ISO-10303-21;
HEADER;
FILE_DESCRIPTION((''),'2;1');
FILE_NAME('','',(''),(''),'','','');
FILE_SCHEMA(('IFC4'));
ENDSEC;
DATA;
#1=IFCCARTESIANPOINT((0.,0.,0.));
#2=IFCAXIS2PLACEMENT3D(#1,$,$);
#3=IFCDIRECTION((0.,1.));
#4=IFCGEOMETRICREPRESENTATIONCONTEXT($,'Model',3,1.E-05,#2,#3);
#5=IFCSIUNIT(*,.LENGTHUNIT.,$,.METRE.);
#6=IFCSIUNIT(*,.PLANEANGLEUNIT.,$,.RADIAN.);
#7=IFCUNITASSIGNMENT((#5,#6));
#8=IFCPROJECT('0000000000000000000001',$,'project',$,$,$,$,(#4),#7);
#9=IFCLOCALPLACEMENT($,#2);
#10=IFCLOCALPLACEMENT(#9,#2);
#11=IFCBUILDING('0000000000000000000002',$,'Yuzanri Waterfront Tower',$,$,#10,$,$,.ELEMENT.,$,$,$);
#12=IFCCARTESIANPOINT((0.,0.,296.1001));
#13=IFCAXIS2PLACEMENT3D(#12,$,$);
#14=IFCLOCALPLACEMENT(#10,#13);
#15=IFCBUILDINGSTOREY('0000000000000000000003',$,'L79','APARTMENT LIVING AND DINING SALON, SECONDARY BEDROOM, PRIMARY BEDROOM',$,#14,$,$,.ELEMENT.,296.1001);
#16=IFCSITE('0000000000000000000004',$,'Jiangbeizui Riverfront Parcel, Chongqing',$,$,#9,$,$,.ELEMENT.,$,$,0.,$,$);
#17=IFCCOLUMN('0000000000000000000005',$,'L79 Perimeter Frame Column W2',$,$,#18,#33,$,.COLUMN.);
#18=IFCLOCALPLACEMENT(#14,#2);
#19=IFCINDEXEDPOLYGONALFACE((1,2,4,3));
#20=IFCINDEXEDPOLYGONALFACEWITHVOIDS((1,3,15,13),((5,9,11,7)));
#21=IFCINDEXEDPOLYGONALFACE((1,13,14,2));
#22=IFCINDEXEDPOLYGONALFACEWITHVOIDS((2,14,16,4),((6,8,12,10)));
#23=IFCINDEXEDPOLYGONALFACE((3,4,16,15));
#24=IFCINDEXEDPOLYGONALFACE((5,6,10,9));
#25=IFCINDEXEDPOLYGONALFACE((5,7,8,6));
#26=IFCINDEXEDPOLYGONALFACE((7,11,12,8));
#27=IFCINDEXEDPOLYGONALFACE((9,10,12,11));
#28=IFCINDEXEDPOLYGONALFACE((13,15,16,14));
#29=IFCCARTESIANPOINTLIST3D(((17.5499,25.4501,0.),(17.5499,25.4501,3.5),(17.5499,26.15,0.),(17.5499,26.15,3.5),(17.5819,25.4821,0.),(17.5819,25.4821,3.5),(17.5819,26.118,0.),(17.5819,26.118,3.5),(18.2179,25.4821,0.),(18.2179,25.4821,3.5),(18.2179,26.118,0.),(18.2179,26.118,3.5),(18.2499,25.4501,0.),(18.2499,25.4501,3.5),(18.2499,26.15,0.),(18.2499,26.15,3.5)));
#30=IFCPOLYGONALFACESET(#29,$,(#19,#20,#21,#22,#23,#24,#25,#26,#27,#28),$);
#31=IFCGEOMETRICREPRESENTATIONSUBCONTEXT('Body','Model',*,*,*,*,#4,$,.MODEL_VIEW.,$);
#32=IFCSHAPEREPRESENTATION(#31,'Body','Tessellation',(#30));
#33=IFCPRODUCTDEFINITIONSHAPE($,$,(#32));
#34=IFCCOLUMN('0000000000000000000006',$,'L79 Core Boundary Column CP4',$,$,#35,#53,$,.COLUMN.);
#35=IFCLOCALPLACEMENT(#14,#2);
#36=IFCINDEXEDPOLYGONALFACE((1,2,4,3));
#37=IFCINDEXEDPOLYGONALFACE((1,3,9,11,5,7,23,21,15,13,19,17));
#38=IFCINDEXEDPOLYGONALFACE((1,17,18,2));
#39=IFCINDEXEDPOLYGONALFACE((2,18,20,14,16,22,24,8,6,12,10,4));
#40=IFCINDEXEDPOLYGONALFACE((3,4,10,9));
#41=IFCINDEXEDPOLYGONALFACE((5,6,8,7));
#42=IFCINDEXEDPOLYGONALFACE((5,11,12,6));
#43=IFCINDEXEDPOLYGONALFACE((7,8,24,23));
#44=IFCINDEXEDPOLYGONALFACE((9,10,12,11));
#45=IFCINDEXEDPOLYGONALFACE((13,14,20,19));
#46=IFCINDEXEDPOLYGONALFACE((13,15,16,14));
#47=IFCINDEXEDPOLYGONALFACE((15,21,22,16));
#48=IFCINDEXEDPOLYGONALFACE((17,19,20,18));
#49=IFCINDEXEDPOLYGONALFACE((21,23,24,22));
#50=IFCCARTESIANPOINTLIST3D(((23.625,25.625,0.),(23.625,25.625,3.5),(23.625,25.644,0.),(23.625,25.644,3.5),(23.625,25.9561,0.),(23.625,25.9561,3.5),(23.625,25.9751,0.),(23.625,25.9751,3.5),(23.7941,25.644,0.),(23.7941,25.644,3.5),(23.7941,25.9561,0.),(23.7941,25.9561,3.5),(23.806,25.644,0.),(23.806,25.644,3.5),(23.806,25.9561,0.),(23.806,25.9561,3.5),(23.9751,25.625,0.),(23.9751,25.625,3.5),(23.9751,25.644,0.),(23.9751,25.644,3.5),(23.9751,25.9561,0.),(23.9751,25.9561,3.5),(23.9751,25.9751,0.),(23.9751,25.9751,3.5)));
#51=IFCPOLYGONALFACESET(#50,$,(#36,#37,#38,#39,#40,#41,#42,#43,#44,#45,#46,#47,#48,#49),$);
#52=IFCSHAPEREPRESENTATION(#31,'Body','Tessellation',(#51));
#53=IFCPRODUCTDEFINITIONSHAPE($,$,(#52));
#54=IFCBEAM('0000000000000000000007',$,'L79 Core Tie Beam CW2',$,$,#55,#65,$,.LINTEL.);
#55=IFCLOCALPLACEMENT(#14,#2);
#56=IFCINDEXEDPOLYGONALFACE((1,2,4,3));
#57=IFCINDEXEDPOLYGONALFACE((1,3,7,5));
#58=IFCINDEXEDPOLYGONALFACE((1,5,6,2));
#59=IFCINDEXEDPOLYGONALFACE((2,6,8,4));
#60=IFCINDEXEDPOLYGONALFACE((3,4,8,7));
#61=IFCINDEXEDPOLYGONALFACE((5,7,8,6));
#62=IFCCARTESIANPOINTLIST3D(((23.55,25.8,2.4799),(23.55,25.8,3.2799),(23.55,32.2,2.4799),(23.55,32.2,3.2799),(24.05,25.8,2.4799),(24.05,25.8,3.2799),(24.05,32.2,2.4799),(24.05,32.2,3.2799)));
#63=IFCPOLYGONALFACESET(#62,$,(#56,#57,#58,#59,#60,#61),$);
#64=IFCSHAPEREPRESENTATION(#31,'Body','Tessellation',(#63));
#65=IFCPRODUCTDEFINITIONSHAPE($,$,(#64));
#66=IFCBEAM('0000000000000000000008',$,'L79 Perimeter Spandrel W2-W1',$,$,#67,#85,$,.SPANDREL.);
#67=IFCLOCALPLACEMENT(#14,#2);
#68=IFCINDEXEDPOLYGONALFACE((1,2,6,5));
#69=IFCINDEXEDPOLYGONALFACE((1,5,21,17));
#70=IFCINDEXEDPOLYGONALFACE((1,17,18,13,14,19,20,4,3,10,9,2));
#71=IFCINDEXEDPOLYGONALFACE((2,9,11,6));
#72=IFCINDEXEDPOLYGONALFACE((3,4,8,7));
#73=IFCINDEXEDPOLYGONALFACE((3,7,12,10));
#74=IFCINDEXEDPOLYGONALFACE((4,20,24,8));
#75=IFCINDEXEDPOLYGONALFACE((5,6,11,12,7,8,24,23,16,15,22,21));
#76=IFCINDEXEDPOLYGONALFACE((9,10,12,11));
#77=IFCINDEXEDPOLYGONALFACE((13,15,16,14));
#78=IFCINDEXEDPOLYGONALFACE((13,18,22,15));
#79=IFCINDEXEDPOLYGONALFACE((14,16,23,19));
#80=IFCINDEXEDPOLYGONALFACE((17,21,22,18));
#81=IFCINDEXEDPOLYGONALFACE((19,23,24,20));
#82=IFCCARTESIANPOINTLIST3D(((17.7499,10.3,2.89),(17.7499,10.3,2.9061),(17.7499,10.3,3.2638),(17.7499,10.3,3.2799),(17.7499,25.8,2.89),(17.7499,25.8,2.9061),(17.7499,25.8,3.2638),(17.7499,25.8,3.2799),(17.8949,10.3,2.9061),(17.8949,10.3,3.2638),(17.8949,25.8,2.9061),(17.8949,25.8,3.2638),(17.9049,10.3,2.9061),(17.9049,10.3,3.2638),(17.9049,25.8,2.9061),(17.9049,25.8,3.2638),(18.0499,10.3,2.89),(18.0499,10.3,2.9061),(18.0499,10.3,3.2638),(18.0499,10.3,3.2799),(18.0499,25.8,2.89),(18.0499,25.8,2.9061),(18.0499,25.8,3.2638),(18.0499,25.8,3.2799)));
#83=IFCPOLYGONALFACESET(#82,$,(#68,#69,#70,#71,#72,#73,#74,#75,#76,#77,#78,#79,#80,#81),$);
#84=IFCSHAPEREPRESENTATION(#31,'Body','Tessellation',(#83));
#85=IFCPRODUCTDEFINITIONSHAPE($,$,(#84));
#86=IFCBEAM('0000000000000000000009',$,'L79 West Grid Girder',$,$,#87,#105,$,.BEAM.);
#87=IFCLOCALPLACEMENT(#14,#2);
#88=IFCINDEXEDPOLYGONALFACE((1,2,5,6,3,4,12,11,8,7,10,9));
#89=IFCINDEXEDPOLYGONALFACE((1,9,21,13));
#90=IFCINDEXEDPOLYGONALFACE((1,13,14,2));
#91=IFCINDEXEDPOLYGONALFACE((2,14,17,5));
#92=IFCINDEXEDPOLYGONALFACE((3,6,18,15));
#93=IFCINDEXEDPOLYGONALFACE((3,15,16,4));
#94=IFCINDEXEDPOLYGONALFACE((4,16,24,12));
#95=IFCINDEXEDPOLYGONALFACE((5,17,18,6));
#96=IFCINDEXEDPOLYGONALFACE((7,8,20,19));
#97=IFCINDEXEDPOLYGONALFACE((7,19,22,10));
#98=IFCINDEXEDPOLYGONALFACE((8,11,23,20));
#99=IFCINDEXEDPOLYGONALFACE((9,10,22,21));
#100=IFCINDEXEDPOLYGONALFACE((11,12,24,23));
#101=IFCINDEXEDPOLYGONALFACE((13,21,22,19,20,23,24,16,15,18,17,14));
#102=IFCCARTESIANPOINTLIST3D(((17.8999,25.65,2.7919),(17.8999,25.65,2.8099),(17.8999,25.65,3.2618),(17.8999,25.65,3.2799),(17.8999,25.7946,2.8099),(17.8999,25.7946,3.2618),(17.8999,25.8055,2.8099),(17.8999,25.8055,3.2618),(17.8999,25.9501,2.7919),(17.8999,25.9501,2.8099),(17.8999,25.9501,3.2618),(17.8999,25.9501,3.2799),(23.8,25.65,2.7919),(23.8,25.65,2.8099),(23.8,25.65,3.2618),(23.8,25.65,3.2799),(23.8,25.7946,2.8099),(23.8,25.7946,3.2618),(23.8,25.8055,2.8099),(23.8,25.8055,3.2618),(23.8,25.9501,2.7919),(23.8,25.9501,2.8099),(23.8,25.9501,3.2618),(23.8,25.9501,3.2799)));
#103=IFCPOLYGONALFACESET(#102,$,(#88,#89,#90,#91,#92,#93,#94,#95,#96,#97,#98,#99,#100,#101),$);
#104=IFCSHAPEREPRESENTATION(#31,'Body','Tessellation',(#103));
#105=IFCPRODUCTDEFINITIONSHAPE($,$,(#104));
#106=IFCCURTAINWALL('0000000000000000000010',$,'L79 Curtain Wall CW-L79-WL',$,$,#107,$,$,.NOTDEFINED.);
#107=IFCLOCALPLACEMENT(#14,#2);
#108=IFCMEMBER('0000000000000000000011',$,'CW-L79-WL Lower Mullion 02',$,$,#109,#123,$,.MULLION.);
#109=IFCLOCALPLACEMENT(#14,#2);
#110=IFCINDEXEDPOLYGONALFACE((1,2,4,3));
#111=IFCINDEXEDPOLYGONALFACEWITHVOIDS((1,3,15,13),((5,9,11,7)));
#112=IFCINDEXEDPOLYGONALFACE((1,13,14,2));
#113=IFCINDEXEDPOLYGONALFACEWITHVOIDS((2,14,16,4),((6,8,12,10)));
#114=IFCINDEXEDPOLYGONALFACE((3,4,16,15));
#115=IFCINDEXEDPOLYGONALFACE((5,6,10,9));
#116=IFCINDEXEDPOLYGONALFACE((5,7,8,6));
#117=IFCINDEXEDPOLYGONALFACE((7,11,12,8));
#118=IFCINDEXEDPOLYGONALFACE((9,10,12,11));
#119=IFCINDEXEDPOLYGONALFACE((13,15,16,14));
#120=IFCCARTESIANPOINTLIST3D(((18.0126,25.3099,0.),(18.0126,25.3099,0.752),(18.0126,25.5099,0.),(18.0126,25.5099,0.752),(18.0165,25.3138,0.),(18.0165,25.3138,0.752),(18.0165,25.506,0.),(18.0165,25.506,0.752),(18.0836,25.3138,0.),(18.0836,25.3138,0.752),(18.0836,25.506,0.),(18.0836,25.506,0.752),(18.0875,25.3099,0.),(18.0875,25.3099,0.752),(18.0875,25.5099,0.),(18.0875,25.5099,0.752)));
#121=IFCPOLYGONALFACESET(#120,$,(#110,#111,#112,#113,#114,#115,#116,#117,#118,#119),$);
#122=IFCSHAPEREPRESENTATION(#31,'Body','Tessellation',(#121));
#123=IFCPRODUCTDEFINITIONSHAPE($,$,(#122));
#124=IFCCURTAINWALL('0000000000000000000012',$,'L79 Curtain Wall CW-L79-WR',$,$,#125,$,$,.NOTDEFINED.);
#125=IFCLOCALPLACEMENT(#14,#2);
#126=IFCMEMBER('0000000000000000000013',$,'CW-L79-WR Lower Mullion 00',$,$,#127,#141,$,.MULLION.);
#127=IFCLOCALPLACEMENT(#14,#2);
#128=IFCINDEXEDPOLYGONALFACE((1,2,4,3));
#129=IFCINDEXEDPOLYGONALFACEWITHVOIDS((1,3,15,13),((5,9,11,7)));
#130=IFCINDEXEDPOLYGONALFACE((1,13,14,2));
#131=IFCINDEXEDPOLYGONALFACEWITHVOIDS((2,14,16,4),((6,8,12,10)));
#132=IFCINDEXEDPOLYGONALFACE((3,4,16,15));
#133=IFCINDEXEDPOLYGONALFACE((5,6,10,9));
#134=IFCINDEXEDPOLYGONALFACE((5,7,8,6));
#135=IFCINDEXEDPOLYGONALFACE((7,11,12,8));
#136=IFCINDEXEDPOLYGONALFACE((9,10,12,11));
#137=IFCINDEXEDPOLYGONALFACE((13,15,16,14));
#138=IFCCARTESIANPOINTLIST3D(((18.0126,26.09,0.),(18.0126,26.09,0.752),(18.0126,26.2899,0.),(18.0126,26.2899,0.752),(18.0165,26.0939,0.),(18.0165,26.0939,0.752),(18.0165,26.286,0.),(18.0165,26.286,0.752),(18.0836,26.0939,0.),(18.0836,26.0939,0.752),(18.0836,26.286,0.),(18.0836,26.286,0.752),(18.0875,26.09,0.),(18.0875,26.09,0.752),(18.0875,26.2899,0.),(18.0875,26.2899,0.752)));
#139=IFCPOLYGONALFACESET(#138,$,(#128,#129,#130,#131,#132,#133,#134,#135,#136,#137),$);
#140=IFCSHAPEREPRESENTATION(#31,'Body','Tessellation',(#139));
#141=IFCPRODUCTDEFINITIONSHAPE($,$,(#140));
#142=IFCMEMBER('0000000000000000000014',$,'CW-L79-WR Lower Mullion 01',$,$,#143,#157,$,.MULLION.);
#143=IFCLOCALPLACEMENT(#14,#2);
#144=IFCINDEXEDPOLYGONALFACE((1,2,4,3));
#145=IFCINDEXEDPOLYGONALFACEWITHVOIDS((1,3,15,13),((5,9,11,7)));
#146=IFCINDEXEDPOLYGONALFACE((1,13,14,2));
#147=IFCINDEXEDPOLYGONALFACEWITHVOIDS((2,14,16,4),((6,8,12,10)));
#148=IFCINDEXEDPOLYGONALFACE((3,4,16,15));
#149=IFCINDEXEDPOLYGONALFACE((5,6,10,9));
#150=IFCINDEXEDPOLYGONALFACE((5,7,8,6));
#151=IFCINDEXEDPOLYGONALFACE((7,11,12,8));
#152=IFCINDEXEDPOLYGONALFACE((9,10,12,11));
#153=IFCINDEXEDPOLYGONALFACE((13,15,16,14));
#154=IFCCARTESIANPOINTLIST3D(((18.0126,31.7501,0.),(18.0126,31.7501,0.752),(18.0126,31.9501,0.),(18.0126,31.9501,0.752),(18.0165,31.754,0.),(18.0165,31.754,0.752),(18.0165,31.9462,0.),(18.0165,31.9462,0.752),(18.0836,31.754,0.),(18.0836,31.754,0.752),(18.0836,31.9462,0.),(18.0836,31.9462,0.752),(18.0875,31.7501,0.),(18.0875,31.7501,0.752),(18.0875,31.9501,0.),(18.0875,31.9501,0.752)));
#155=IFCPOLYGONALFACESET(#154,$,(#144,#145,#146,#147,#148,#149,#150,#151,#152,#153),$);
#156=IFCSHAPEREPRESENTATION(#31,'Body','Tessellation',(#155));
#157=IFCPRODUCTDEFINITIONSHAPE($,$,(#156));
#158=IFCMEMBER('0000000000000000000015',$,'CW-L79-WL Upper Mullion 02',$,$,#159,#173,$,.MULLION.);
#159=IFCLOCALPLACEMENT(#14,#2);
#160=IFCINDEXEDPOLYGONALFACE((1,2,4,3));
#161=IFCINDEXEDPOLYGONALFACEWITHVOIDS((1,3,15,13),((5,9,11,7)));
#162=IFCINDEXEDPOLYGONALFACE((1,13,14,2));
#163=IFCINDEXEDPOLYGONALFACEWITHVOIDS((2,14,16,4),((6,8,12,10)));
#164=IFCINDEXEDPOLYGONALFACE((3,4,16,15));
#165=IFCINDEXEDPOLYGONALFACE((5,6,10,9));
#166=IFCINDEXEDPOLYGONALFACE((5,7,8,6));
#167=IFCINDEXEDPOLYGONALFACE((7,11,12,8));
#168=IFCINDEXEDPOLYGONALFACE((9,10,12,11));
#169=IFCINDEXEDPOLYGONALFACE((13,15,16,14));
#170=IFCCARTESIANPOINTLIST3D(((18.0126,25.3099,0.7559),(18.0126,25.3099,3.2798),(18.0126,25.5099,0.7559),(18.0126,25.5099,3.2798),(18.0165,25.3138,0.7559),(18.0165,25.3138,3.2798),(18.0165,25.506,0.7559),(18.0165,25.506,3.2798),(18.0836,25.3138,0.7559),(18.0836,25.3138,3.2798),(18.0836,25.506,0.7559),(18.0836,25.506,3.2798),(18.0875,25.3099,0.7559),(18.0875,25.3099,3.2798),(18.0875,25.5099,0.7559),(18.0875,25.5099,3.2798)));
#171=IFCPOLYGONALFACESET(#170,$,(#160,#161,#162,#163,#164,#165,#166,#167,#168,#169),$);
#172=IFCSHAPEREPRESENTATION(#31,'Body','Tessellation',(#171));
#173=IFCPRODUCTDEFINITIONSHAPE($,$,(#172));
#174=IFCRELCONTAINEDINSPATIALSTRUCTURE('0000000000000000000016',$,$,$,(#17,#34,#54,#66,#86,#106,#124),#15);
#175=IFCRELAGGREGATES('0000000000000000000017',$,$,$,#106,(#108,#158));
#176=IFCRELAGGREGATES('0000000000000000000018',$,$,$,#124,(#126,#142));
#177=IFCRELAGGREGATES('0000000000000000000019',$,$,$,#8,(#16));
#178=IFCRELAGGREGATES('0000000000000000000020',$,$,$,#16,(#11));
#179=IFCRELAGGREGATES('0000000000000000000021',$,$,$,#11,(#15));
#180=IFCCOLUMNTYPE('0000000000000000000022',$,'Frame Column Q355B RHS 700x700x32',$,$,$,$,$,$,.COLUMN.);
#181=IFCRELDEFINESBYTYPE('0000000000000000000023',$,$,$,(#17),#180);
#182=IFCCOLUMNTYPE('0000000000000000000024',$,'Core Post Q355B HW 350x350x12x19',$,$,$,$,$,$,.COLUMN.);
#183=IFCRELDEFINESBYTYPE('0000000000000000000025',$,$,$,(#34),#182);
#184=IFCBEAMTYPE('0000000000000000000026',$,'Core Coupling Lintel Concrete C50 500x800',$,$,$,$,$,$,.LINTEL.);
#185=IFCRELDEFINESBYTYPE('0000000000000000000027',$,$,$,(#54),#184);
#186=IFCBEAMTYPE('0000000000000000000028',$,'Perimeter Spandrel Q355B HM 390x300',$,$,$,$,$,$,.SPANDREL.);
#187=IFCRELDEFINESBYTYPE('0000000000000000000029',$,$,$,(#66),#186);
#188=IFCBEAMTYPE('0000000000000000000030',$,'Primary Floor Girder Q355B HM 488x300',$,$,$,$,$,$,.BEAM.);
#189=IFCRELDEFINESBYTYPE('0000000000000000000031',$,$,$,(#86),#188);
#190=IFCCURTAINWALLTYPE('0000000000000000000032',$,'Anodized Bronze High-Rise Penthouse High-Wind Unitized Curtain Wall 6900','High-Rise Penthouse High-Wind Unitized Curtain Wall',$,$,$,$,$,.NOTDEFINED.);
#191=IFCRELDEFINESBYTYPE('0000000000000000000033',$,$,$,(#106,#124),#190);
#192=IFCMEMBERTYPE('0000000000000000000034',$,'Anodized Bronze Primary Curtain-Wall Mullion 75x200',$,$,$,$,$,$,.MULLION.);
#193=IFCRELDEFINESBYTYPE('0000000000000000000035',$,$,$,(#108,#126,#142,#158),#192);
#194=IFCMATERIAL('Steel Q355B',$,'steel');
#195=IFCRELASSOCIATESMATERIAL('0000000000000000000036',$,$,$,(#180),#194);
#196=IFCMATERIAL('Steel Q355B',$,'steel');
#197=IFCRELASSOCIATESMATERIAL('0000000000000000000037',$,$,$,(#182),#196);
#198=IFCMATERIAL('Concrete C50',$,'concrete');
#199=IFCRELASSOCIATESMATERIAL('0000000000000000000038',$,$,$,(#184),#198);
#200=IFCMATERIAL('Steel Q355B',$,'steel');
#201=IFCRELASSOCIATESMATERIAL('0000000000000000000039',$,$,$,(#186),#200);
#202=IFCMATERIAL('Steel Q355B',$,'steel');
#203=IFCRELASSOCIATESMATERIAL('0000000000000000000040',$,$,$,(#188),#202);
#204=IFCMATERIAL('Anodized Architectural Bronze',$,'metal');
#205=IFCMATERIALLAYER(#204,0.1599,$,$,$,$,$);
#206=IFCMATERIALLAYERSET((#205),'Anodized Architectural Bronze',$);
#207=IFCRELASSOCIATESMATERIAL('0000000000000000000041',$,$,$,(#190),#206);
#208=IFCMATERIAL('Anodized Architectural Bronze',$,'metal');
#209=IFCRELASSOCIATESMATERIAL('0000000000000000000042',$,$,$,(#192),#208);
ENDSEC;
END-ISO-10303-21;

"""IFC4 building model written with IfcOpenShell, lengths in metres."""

from ifc_helpers import new_model, si_unit, direction, frame, origin, origin_2d, place, context, subcontext, project, spatial, rectangle, hollow_rectangle, i_section, extrude, source, transform, mapped, material, layer, layer_set, material_profile, profile_set, type_object, element, aggregate, save


model = new_model("IFC4")

# Units and contexts
model_context = context("Model", 3, precision=1e-05, world=origin(), true_north=direction((0.0, 1.0)))
body_context = subcontext(model_context, "Body", "Model", "MODEL_VIEW")
ifc_project = project(units=[si_unit("LENGTHUNIT", "METRE"), si_unit("PLANEANGLEUNIT", "RADIAN")], contexts=[model_context])

# Site, building, storey
site_placement = place(None, origin())
site = spatial("IfcSite", under=ifc_project, at=site_placement, Name="Jiangbeizui Riverfront Parcel, Chongqing", CompositionType="ELEMENT", RefElevation=0.0)
building_placement = place(site_placement, origin())
building = spatial("IfcBuilding", under=site, at=building_placement, Name="Yuzanri Waterfront Tower", CompositionType="ELEMENT")
storey_placement = place(building_placement, frame((0.0, 0.0, 296.1001)))
storey = spatial("IfcBuildingStorey", under=building, at=storey_placement, Name="L79", Description="APARTMENT LIVING AND DINING SALON, SECONDARY BEDROOM, PRIMARY BEDROOM", CompositionType="ELEMENT", Elevation=296.1001)

# Columns
ifc_material_1 = material(Name="Steel Q355B", Category="steel")
ifc_material_profile_1 = material_profile(ifc_material_1, hollow_rectangle(XDim=0.7, YDim=0.7, WallThickness=0.032, at=origin_2d()), Name="RHS 700x700x32")
ifc_profile_set_1 = profile_set([ifc_material_profile_1], Name="Steel Q355B")
column_type_1 = type_object("IfcColumnType", Name="Frame Column Q355B RHS 700x700x32", PredefinedType="COLUMN", material=ifc_profile_set_1)
shared_shape_1 = source(origin(), body_context, "Body", "SweptSolid", [
    extrude(hollow_rectangle(XDim=0.7, YDim=0.7, WallThickness=0.032, at=origin_2d()), origin(), (0.0, 0.0, 1.0), 3.5),
])
column_1_placement = place(storey_placement, frame((17.8999, 25.8, 0.0), z_axis=(0.0, 0.0, 1.0), x_axis=(1.0, 0.0, 0.0)))
element("IfcColumn", 1, at=column_1_placement, inside=storey, type_object=column_type_1, Name="L79 Perimeter Frame Column W2", PredefinedType="COLUMN", context=body_context, shape_type="MappedRepresentation", body=[
    mapped(shared_shape_1, transform((0.0, 0.0, 0.0), scale=1.0)),
])
ifc_material_2 = material(Name="Steel Q355B", Category="steel")
ifc_material_profile_2 = material_profile(ifc_material_2, i_section(OverallWidth=0.3501, OverallDepth=0.3501, WebThickness=0.012, FlangeThickness=0.019, at=origin_2d()), Name="HW 350x350x12x19")
ifc_profile_set_2 = profile_set([ifc_material_profile_2], Name="Steel Q355B")
column_type_2 = type_object("IfcColumnType", Name="Core Post Q355B HW 350x350x12x19", PredefinedType="COLUMN", material=ifc_profile_set_2)
shared_shape_2 = source(origin(), body_context, "Body", "SweptSolid", [
    extrude(i_section(OverallWidth=0.3501, OverallDepth=0.3501, WebThickness=0.012, FlangeThickness=0.019, at=origin_2d()), origin(), (0.0, 0.0, 1.0), 3.5),
])
column_2_placement = place(storey_placement, frame((23.8, 25.8, 0.0), z_axis=(0.0, 0.0, 1.0), x_axis=(1.0, 0.0, 0.0)))
element("IfcColumn", 2, at=column_2_placement, inside=storey, type_object=column_type_2, Name="L79 Core Boundary Column CP4", PredefinedType="COLUMN", context=body_context, shape_type="MappedRepresentation", body=[
    mapped(shared_shape_2, transform((0.0, 0.0, 0.0), scale=1.0)),
])

# Beams
ifc_material_3 = material(Name="Concrete C50", Category="concrete")
ifc_material_profile_3 = material_profile(ifc_material_3, rectangle(XDim=0.5, YDim=0.8, at=origin_2d()), Name="RC 500x800")
ifc_profile_set_3 = profile_set([ifc_material_profile_3], Name="Concrete C50")
beam_type_1 = type_object("IfcBeamType", Name="Core Coupling Lintel Concrete C50 500x800", PredefinedType="LINTEL", material=ifc_profile_set_3)
shared_shape_3 = source(origin(), body_context, "Body", "SweptSolid", [
    extrude(rectangle(XDim=0.5, YDim=0.8, at=origin_2d()), origin(), (0.0, 0.0, 1.0), 6.3999),
])
beam_1_placement = place(storey_placement, frame((23.8, 25.8, 2.8799), z_axis=(0.0, 1.0, 0.0), x_axis=(-1.0, 0.0, 0.0)))
element("IfcBeam", 3, at=beam_1_placement, inside=storey, type_object=beam_type_1, Name="L79 Core Tie Beam CW2", PredefinedType="LINTEL", context=body_context, shape_type="MappedRepresentation", body=[
    mapped(shared_shape_3, transform((0.0, 0.0, 0.0), scale=1.0)),
])
ifc_material_4 = material(Name="Steel Q355B", Category="steel")
ifc_material_profile_4 = material_profile(ifc_material_4, i_section(OverallWidth=0.3, OverallDepth=0.3899, WebThickness=0.01, FlangeThickness=0.0161, at=origin_2d()), Name="HM 390x300x10x16")
ifc_profile_set_4 = profile_set([ifc_material_profile_4], Name="Steel Q355B")
beam_type_2 = type_object("IfcBeamType", Name="Perimeter Spandrel Q355B HM 390x300", PredefinedType="SPANDREL", material=ifc_profile_set_4)
shared_shape_4 = source(origin(), body_context, "Body", "SweptSolid", [
    extrude(i_section(OverallWidth=0.3, OverallDepth=0.3899, WebThickness=0.01, FlangeThickness=0.0161, at=origin_2d()), origin(), (0.0, 0.0, 1.0), 15.5),
])
beam_2_placement = place(storey_placement, frame((17.8999, 25.8, 3.085), z_axis=(0.0, -1.0, 0.0), x_axis=(1.0, 0.0, 0.0)))
element("IfcBeam", 4, at=beam_2_placement, inside=storey, type_object=beam_type_2, Name="L79 Perimeter Spandrel W2-W1", PredefinedType="SPANDREL", context=body_context, shape_type="MappedRepresentation", body=[
    mapped(shared_shape_4, transform((0.0, 0.0, 0.0), scale=1.0)),
])
ifc_material_5 = material(Name="Steel Q355B", Category="steel")
ifc_material_profile_5 = material_profile(ifc_material_5, i_section(OverallWidth=0.3, OverallDepth=0.488, WebThickness=0.011, FlangeThickness=0.0181, at=origin_2d()), Name="HM 488x300x11x18")
ifc_profile_set_5 = profile_set([ifc_material_profile_5], Name="Steel Q355B")
beam_type_3 = type_object("IfcBeamType", Name="Primary Floor Girder Q355B HM 488x300", PredefinedType="BEAM", material=ifc_profile_set_5)
shared_shape_5 = source(origin(), body_context, "Body", "SweptSolid", [
    extrude(i_section(OverallWidth=0.3, OverallDepth=0.488, WebThickness=0.011, FlangeThickness=0.0181, at=origin_2d()), origin(), (0.0, 0.0, 1.0), 5.9001),
])
beam_3_placement = place(storey_placement, frame((23.8, 25.8, 3.0359), z_axis=(-1.0, 0.0, 0.0), x_axis=(0.0, -1.0, 0.0)))
element("IfcBeam", 5, at=beam_3_placement, inside=storey, type_object=beam_type_3, Name="L79 West Grid Girder", PredefinedType="BEAM", context=body_context, shape_type="MappedRepresentation", body=[
    mapped(shared_shape_5, transform((0.0, 0.0, 0.0), scale=1.0)),
])

# Curtain wall, member
ifc_material_6 = material(Name="Anodized Architectural Bronze", Category="metal")
ifc_layer_1 = layer(ifc_material_6, 0.1599)
ifc_layer_set_1 = layer_set([ifc_layer_1], Name="Anodized Architectural Bronze")
curtain_wall_type = type_object("IfcCurtainWallType", Name="Anodized Bronze High-Rise Penthouse High-Wind Unitized Curtain Wall 6900", Description="High-Rise Penthouse High-Wind Unitized Curtain Wall", PredefinedType="NOTDEFINED", material=ifc_layer_set_1)
curtain_wall_1_placement = place(storey_placement, origin())
curtain_wall_1 = element("IfcCurtainWall", 6, at=curtain_wall_1_placement, inside=storey, type_object=curtain_wall_type, Name="L79 Curtain Wall CW-L79-WL", PredefinedType="NOTDEFINED")
ifc_material_7 = material(Name="Anodized Architectural Bronze", Category="metal")
ifc_material_profile_6 = material_profile(ifc_material_7, hollow_rectangle(XDim=0.075, YDim=0.2, WallThickness=0.0039, at=origin_2d()), Name="CWM 75x200")
ifc_profile_set_6 = profile_set([ifc_material_profile_6], Name="Anodized Architectural Bronze")
member_type_1 = type_object("IfcMemberType", Name="Anodized Bronze Primary Curtain-Wall Mullion 75x200", PredefinedType="MULLION", material=ifc_profile_set_6)
shared_shape_6 = source(origin(), body_context, "Body", "SweptSolid", [
    extrude(hollow_rectangle(XDim=0.075, YDim=0.2, WallThickness=0.0039, at=origin_2d()), origin(), (0.0, 0.0, 1.0), 0.752),
])
member_1_placement = place(storey_placement, frame((18.05, 25.4099, 0.0), z_axis=(0.0, 0.0, 1.0), x_axis=(1.0, 0.0, 0.0)))
member_1 = element("IfcMember", 7, at=member_1_placement, type_object=member_type_1, Name="CW-L79-WL Lower Mullion 02", PredefinedType="MULLION", context=body_context, shape_type="MappedRepresentation", body=[
    mapped(shared_shape_6, transform((0.0, 0.0, 0.0), scale=1.0)),
])

# Curtain wall, members
curtain_wall_2_placement = place(storey_placement, origin())
curtain_wall_2 = element("IfcCurtainWall", 8, at=curtain_wall_2_placement, inside=storey, type_object=curtain_wall_type, Name="L79 Curtain Wall CW-L79-WR", PredefinedType="NOTDEFINED")
member_2_placement = place(storey_placement, frame((18.05, 26.1899, 0.0), z_axis=(0.0, 0.0, 1.0), x_axis=(1.0, 0.0, 0.0)))
member_2 = element("IfcMember", 9, at=member_2_placement, type_object=member_type_1, Name="CW-L79-WR Lower Mullion 00", PredefinedType="MULLION", context=body_context, shape_type="MappedRepresentation", body=[
    mapped(shared_shape_6, transform((0.0, 0.0, 0.0), scale=1.0)),
])
member_3_placement = place(storey_placement, frame((18.05, 31.8501, 0.0), z_axis=(0.0, 0.0, 1.0), x_axis=(1.0, 0.0, 0.0)))
member_3 = element("IfcMember", 10, at=member_3_placement, type_object=member_type_1, Name="CW-L79-WR Lower Mullion 01", PredefinedType="MULLION", context=body_context, shape_type="MappedRepresentation", body=[
    mapped(shared_shape_6, transform((0.0, 0.0, 0.0), scale=1.0)),
])

# Member
shared_shape_7 = source(origin(), body_context, "Body", "SweptSolid", [
    extrude(hollow_rectangle(XDim=0.075, YDim=0.2, WallThickness=0.0039, at=origin_2d()), origin(), (0.0, 0.0, 1.0), 2.5239),
])
member_4_placement = place(storey_placement, frame((18.05, 25.4099, 0.7559), z_axis=(0.0, 0.0, 1.0), x_axis=(1.0, 0.0, 0.0)))
member_4 = element("IfcMember", 11, at=member_4_placement, type_object=member_type_1, Name="CW-L79-WL Upper Mullion 02", PredefinedType="MULLION", context=body_context, shape_type="MappedRepresentation", body=[
    mapped(shared_shape_7, transform((0.0, 0.0, 0.0), scale=1.0)),
])
aggregate(curtain_wall_1, [member_1, member_4])

aggregate(curtain_wall_2, [member_2, member_3])

save(model, "model.ifc")
